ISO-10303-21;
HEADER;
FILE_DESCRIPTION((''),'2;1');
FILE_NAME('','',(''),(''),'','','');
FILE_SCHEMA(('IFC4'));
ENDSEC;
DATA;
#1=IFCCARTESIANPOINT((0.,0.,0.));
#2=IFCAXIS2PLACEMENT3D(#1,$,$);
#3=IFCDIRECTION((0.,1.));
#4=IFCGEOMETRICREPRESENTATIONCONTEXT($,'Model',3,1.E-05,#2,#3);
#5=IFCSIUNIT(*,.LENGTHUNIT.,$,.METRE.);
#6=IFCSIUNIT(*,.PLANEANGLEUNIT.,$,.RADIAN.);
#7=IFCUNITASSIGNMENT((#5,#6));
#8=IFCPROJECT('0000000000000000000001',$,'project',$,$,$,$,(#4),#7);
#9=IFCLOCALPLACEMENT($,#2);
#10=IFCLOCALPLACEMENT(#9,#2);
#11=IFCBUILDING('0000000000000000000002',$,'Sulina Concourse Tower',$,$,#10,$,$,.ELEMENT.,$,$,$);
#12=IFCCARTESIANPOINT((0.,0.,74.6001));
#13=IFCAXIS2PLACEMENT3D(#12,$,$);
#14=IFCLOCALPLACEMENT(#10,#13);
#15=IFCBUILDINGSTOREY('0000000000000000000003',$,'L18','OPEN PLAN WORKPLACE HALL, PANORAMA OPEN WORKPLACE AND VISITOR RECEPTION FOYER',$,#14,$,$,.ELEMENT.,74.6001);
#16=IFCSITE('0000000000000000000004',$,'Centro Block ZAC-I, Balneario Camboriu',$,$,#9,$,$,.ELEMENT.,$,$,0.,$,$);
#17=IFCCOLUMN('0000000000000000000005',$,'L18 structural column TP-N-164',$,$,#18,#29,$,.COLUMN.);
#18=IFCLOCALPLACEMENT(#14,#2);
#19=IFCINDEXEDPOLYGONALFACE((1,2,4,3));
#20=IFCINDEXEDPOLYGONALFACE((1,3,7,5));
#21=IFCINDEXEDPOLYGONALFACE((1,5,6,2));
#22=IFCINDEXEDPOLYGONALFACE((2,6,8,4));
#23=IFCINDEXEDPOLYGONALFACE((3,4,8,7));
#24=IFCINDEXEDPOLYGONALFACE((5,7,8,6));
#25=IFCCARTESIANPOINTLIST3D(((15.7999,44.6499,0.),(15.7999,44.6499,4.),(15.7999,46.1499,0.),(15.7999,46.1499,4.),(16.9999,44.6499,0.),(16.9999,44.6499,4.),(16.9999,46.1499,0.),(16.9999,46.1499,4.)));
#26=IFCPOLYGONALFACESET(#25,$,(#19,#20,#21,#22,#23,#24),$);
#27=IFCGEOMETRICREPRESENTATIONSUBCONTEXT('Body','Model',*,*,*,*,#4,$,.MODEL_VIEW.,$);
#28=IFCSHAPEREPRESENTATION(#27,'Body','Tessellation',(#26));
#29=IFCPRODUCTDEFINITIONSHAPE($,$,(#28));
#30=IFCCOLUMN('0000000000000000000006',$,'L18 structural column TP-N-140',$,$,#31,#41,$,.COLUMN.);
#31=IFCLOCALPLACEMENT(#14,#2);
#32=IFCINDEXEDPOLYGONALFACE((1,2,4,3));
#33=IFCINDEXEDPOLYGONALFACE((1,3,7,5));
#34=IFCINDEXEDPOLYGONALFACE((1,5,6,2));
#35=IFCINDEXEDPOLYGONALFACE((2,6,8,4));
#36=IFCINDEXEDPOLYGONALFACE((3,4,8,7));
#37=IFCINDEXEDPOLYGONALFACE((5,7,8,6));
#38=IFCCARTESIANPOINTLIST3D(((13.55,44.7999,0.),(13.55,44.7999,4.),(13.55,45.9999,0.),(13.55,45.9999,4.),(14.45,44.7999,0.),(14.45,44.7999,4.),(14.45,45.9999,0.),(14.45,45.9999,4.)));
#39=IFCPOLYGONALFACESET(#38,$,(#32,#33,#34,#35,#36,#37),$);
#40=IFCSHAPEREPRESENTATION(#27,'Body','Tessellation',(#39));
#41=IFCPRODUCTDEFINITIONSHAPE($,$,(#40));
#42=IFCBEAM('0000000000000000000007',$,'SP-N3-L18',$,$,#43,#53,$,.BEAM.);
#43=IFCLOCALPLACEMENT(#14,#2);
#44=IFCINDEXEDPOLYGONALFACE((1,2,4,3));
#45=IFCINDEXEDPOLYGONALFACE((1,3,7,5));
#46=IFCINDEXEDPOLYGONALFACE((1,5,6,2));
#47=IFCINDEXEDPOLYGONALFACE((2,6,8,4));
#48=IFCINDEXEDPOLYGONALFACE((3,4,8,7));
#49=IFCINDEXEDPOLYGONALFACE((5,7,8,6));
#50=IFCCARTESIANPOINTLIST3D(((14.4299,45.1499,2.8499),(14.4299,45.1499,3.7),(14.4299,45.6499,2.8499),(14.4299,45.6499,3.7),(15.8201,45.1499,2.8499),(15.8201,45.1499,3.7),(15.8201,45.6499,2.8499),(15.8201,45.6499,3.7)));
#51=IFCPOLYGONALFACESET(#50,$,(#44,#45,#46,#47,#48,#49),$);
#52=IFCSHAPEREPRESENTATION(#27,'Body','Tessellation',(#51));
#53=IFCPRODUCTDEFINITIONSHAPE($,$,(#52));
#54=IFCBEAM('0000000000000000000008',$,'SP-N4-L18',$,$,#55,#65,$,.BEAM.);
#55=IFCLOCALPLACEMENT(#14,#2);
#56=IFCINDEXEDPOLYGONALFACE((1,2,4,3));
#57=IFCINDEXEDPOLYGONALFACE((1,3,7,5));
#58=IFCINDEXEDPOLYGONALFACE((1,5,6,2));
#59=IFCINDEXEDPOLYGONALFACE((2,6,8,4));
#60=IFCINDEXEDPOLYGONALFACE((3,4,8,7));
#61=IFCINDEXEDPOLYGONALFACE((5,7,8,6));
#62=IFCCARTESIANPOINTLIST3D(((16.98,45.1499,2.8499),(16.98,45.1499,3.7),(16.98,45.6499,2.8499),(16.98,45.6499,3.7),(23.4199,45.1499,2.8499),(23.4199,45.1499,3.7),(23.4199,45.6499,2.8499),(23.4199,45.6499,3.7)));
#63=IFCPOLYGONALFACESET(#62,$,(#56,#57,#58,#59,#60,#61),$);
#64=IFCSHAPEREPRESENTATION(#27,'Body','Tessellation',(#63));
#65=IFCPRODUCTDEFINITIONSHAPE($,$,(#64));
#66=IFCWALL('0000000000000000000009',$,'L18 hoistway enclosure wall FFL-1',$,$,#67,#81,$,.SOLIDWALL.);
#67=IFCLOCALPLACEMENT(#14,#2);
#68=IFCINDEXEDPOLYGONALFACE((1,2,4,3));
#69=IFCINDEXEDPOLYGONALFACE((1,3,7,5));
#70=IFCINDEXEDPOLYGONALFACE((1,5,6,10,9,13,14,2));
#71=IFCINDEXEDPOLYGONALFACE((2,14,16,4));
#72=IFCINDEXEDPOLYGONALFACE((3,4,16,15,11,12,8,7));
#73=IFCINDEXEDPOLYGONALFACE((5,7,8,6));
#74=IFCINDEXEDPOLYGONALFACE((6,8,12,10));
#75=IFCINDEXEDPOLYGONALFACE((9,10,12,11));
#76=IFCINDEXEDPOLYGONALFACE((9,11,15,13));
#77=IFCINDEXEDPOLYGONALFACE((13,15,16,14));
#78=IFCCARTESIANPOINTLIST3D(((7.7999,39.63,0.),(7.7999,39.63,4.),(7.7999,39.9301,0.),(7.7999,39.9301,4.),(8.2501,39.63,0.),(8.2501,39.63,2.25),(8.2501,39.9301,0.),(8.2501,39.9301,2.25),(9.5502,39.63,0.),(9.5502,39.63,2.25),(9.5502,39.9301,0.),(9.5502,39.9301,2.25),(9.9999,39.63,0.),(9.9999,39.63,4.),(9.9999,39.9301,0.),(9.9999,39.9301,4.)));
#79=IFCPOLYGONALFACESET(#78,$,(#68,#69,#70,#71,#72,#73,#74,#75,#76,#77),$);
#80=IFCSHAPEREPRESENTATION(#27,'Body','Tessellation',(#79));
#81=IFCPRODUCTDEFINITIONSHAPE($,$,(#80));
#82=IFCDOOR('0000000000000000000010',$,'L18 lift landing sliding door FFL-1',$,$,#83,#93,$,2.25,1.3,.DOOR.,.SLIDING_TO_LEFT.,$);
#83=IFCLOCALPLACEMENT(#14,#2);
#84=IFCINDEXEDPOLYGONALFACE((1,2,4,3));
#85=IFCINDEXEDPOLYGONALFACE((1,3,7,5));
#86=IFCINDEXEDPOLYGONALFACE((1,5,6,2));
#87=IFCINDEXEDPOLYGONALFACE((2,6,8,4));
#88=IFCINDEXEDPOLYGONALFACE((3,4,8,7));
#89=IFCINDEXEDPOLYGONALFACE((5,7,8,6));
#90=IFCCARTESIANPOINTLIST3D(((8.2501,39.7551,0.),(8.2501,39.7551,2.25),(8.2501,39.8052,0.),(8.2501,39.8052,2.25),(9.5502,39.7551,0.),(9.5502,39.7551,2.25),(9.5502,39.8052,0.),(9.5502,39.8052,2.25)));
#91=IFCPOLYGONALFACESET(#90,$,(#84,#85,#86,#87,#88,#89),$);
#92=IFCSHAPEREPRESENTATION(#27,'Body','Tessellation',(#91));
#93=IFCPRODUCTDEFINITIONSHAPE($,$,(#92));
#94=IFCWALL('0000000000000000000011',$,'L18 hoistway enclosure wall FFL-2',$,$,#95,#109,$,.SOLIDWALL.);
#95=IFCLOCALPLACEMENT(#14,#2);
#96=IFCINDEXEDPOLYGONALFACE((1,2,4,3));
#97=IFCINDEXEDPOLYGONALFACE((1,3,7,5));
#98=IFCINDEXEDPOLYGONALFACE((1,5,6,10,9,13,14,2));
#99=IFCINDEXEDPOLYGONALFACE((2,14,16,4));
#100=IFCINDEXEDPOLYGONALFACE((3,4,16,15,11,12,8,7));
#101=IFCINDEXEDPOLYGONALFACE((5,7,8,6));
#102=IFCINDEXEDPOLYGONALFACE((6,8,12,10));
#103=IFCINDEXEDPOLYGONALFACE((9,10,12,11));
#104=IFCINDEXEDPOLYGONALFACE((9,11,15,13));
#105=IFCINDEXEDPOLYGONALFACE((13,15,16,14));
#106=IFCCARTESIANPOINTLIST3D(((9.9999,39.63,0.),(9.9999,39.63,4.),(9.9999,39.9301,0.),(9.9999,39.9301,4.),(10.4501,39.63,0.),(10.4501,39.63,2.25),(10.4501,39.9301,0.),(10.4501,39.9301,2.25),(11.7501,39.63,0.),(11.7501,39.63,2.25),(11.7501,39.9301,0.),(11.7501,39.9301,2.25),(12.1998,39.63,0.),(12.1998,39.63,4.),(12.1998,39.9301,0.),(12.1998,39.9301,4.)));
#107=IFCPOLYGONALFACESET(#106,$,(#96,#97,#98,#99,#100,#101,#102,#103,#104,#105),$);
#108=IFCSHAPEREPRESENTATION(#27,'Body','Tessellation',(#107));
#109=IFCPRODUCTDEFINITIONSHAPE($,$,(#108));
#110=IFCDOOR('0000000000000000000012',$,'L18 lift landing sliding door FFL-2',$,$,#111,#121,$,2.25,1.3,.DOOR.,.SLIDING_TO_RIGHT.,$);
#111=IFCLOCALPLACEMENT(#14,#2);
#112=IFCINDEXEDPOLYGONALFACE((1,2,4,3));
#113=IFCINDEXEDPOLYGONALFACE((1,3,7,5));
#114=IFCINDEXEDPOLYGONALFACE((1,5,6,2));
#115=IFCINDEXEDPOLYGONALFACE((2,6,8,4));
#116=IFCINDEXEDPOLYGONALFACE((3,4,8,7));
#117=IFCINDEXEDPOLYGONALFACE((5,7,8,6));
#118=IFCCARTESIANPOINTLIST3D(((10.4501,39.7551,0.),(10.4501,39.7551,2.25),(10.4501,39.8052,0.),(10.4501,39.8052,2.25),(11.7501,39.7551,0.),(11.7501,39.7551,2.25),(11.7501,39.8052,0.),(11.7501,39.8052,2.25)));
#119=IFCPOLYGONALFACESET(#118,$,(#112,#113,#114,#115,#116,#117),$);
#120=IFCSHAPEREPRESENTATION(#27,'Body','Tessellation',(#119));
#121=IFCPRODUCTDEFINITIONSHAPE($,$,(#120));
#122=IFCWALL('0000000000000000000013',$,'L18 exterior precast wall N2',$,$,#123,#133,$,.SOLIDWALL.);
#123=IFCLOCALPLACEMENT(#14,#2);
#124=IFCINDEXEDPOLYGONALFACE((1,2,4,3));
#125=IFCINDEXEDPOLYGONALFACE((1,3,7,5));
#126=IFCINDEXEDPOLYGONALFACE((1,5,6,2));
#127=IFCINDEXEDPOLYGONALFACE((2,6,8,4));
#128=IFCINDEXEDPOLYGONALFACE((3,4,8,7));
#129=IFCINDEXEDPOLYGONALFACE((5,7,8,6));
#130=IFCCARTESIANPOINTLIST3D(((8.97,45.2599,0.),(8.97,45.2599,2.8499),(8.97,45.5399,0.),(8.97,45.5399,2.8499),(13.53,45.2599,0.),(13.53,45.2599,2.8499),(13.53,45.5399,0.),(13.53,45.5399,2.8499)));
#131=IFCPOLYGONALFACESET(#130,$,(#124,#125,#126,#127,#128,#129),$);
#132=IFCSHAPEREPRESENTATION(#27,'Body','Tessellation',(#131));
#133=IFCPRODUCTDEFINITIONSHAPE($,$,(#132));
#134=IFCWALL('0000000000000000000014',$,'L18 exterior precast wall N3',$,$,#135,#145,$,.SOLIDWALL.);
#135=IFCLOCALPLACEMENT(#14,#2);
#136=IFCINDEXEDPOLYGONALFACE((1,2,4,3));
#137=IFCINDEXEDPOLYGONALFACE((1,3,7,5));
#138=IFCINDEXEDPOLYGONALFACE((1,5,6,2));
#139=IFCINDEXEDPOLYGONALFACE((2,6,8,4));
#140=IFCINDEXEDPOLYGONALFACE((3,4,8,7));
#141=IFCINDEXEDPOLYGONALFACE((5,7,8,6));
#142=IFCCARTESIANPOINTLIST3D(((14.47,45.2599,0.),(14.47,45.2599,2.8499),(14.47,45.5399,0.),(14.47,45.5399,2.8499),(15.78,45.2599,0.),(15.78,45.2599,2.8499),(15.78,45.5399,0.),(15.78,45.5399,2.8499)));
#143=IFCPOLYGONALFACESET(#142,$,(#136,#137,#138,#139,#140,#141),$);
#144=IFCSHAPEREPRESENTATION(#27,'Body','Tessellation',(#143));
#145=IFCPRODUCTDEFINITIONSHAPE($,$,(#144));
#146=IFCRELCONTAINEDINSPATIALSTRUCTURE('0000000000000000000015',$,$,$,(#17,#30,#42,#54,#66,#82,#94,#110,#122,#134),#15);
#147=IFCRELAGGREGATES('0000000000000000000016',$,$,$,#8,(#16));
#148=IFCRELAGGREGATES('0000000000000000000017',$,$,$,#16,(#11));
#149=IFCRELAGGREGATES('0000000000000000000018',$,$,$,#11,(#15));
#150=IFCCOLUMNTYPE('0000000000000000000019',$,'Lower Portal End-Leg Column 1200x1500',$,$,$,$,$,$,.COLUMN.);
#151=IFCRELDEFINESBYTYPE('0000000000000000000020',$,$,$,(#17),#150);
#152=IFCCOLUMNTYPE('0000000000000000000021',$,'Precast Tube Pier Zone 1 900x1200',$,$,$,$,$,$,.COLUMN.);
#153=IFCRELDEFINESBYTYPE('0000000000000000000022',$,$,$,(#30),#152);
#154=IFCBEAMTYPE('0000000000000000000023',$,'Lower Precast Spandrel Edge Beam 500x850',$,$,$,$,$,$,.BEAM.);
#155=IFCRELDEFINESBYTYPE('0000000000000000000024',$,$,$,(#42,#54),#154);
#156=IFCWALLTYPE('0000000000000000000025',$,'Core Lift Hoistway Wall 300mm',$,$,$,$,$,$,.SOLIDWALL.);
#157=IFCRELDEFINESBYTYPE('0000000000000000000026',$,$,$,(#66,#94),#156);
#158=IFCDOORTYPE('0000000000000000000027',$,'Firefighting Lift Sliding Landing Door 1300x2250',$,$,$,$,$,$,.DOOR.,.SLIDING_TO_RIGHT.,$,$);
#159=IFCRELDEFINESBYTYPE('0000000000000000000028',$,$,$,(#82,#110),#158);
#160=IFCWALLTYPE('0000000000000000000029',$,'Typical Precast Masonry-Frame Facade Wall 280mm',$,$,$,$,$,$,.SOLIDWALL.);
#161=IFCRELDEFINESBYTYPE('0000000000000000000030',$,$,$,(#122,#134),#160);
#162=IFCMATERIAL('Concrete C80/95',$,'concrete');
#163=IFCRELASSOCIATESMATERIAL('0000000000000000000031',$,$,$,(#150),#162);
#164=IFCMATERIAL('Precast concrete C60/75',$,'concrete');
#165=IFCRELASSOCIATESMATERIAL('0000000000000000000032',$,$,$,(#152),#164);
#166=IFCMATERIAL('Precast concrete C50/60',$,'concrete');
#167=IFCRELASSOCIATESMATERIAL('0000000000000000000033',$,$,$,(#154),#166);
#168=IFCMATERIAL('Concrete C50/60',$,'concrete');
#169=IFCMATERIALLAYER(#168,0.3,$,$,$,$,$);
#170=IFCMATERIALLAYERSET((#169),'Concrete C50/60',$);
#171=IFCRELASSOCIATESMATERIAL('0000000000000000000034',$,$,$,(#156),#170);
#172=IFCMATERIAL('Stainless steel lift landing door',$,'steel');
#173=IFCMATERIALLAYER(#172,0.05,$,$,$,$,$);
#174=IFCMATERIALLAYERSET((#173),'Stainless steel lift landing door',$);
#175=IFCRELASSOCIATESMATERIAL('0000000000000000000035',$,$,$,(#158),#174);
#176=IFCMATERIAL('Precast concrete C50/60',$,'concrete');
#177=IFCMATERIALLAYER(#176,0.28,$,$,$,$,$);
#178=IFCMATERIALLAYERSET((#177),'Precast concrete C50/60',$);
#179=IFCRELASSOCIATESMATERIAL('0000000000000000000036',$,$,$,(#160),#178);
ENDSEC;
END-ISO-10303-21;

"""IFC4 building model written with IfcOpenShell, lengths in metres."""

from ifc_helpers import new_model, si_unit, direction, frame, frame_2d, origin, origin_2d, place, context, subcontext, project, spatial, rectangle, extrude, material, layer, layer_set, material_profile, profile_set, type_object, element, fill, save


model = new_model("IFC4")

# Units and contexts
model_context = context("Model", 3, precision=1e-05, world=origin(), true_north=direction((0.0, 1.0)))
body_context = subcontext(model_context, "Body", "Model", "MODEL_VIEW")
ifc_project = project(units=[si_unit("LENGTHUNIT", "METRE"), si_unit("PLANEANGLEUNIT", "RADIAN")], contexts=[model_context])

# Site, building, storey
site_placement = place(None, origin())
site = spatial("IfcSite", under=ifc_project, at=site_placement, Name="Centro Block ZAC-I, Balneario Camboriu", CompositionType="ELEMENT", RefElevation=0.0)
building_placement = place(site_placement, origin())
building = spatial("IfcBuilding", under=site, at=building_placement, Name="Sulina Concourse Tower", CompositionType="ELEMENT")
storey_placement = place(building_placement, frame((0.0, 0.0, 74.6001)))
storey = spatial("IfcBuildingStorey", under=building, at=storey_placement, Name="L18", Description="OPEN PLAN WORKPLACE HALL, PANORAMA OPEN WORKPLACE AND VISITOR RECEPTION FOYER", CompositionType="ELEMENT", Elevation=74.6001)

# Columns
ifc_material_1 = material(Name="Concrete C80/95", Category="concrete")
ifc_material_profile_1 = material_profile(ifc_material_1, rectangle(XDim=1.2, YDim=1.5, at=origin_2d()), Name="RC 1200x1500")
ifc_profile_set_1 = profile_set([ifc_material_profile_1], Name="Concrete C80/95")
column_type_1 = type_object("IfcColumnType", Name="Lower Portal End-Leg Column 1200x1500", PredefinedType="COLUMN", material=ifc_profile_set_1)
column_1_placement = place(storey_placement, frame((16.3999, 45.3999, 0.0), z_axis=(0.0, 0.0, 1.0), x_axis=(1.0, 0.0, 0.0)))
element("IfcColumn", 1, at=column_1_placement, inside=storey, type_object=column_type_1, Name="L18 structural column TP-N-164", PredefinedType="COLUMN", context=body_context, shape_type="SweptSolid", body=[
    extrude(rectangle(XDim=1.2, YDim=1.5, at=origin_2d()), origin(), (0.0, 0.0, 1.0), 4.0),
])
ifc_material_2 = material(Name="Precast concrete C60/75", Category="concrete")
ifc_material_profile_2 = material_profile(ifc_material_2, rectangle(XDim=0.8999, YDim=1.2, at=origin_2d()), Name="PC 900x1200")
ifc_profile_set_2 = profile_set([ifc_material_profile_2], Name="Precast concrete C60/75")
column_type_2 = type_object("IfcColumnType", Name="Precast Tube Pier Zone 1 900x1200", PredefinedType="COLUMN", material=ifc_profile_set_2)
column_2_placement = place(storey_placement, frame((14.0, 45.3999, 0.0), z_axis=(0.0, 0.0, 1.0), x_axis=(1.0, 0.0, 0.0)))
element("IfcColumn", 2, at=column_2_placement, inside=storey, type_object=column_type_2, Name="L18 structural column TP-N-140", PredefinedType="COLUMN", context=body_context, shape_type="SweptSolid", body=[
    extrude(rectangle(XDim=0.8999, YDim=1.2, at=origin_2d()), origin(), (0.0, 0.0, 1.0), 4.0),
])

# Beams
ifc_material_3 = material(Name="Precast concrete C50/60", Category="concrete")
ifc_material_profile_3 = material_profile(ifc_material_3, rectangle(XDim=0.5, YDim=0.8501, at=origin_2d()), Name="RC 500x850")
ifc_profile_set_3 = profile_set([ifc_material_profile_3], Name="Precast concrete C50/60")
beam_type = type_object("IfcBeamType", Name="Lower Precast Spandrel Edge Beam 500x850", PredefinedType="BEAM", material=ifc_profile_set_3)
beam_1_placement = place(storey_placement, frame((14.4299, 45.3999, 3.2749), z_axis=(1.0, 0.0, 0.0), x_axis=(0.0, 1.0, 0.0)))
element("IfcBeam", 3, at=beam_1_placement, inside=storey, type_object=beam_type, Name="SP-N3-L18", PredefinedType="BEAM", context=body_context, shape_type="SweptSolid", body=[
    extrude(rectangle(XDim=0.5, YDim=0.8501, at=origin_2d()), origin(), (0.0, 0.0, 1.0), 1.3901),
])
beam_2_placement = place(storey_placement, frame((16.98, 45.3999, 3.2749), z_axis=(1.0, 0.0, 0.0), x_axis=(0.0, 1.0, 0.0)))
element("IfcBeam", 4, at=beam_2_placement, inside=storey, type_object=beam_type, Name="SP-N4-L18", PredefinedType="BEAM", context=body_context, shape_type="SweptSolid", body=[
    extrude(rectangle(XDim=0.5, YDim=0.8501, at=origin_2d()), origin(), (0.0, 0.0, 1.0), 6.4399),
])

# Walls, openings, doors
ifc_material_4 = material(Name="Concrete C50/60", Category="concrete")
ifc_layer_1 = layer(ifc_material_4, 0.3)
ifc_layer_set_1 = layer_set([ifc_layer_1], Name="Concrete C50/60")
wall_type_1 = type_object("IfcWallType", Name="Core Lift Hoistway Wall 300mm", PredefinedType="SOLIDWALL", material=ifc_layer_set_1)
wall_1_placement = place(storey_placement, frame((10.0, 39.78, 0.0), z_axis=(0.0, 0.0, 1.0), x_axis=(-1.0, 0.0, 0.0)))
wall_1 = element("IfcWall", 5, at=wall_1_placement, inside=storey, type_object=wall_type_1, Name="L18 hoistway enclosure wall FFL-1", PredefinedType="SOLIDWALL", context=body_context, shape_type="SweptSolid", body=[
    extrude(rectangle(XDim=2.2, YDim=0.3, at=frame_2d((1.1001, 0.0))), origin(), (0.0, 0.0, 1.0), 4.0),
])
opening_1_placement = place(wall_1_placement, frame((0.45, 0.0, 0.0)))
opening_1 = element("IfcOpeningElement", 6, at=opening_1_placement, cuts=wall_1, PredefinedType="OPENING", context=body_context, shape_type="SweptSolid", body=[
    extrude(rectangle(XDim=1.3, YDim=2.25, at=frame_2d((0.6499, 1.125))), frame((0.0, 0.1599, 0.0), z_axis=(0.0, -1.0, 0.0), x_axis=(1.0, 0.0, 0.0)), (0.0, 0.0, 1.0), 0.3201),
])
ifc_material_5 = material(Name="Stainless steel lift landing door", Category="steel")
ifc_layer_2 = layer(ifc_material_5, 0.05)
ifc_layer_set_2 = layer_set([ifc_layer_2], Name="Stainless steel lift landing door")
door_type = type_object("IfcDoorType", Name="Firefighting Lift Sliding Landing Door 1300x2250", OperationType="SLIDING_TO_RIGHT", PredefinedType="DOOR", material=ifc_layer_set_2)
door_1_placement = place(opening_1_placement, origin())
door_1 = element("IfcDoor", 7, at=door_1_placement, inside=storey, type_object=door_type, Name="L18 lift landing sliding door FFL-1", OperationType="SLIDING_TO_LEFT", OverallHeight=2.25, OverallWidth=1.3, PredefinedType="DOOR", context=body_context, shape_type="SweptSolid", body=[
    extrude(rectangle(XDim=1.3, YDim=2.25, at=frame_2d((0.6499, 1.125))), frame((0.0, 0.0249, 0.0), z_axis=(0.0, -1.0, 0.0), x_axis=(1.0, 0.0, 0.0)), (0.0, 0.0, 1.0), 0.05),
])
fill(opening_1, door_1)
wall_2_placement = place(storey_placement, frame((12.2, 39.78, 0.0), z_axis=(0.0, 0.0, 1.0), x_axis=(-1.0, 0.0, 0.0)))
wall_2 = element("IfcWall", 8, at=wall_2_placement, inside=storey, type_object=wall_type_1, Name="L18 hoistway enclosure wall FFL-2", PredefinedType="SOLIDWALL", context=body_context, shape_type="SweptSolid", body=[
    extrude(rectangle(XDim=2.2, YDim=0.3, at=frame_2d((1.1001, 0.0))), origin(), (0.0, 0.0, 1.0), 4.0),
])
opening_2_placement = place(wall_2_placement, frame((0.45, 0.0, 0.0)))
opening_2 = element("IfcOpeningElement", 9, at=opening_2_placement, cuts=wall_2, PredefinedType="OPENING", context=body_context, shape_type="SweptSolid", body=[
    extrude(rectangle(XDim=1.3, YDim=2.25, at=frame_2d((0.6499, 1.125))), frame((0.0, 0.1599, 0.0), z_axis=(0.0, -1.0, 0.0), x_axis=(1.0, 0.0, 0.0)), (0.0, 0.0, 1.0), 0.3201),
])
door_2_placement = place(opening_2_placement, origin())
door_2 = element("IfcDoor", 10, at=door_2_placement, inside=storey, type_object=door_type, Name="L18 lift landing sliding door FFL-2", OperationType="SLIDING_TO_RIGHT", OverallHeight=2.25, OverallWidth=1.3, PredefinedType="DOOR", context=body_context, shape_type="SweptSolid", body=[
    extrude(rectangle(XDim=1.3, YDim=2.25, at=frame_2d((0.6499, 1.125))), frame((0.0, 0.0249, 0.0), z_axis=(0.0, -1.0, 0.0), x_axis=(1.0, 0.0, 0.0)), (0.0, 0.0, 1.0), 0.05),
])
fill(opening_2, door_2)

# Walls
ifc_material_6 = material(Name="Precast concrete C50/60", Category="concrete")
ifc_layer_3 = layer(ifc_material_6, 0.28)
ifc_layer_set_3 = layer_set([ifc_layer_3], Name="Precast concrete C50/60")
wall_type_2 = type_object("IfcWallType", Name="Typical Precast Masonry-Frame Facade Wall 280mm", PredefinedType="SOLIDWALL", material=ifc_layer_set_3)
wall_3_placement = place(storey_placement, frame((8.97, 45.3999, 0.0), z_axis=(0.0, 0.0, 1.0), x_axis=(1.0, 0.0, 0.0)))
element("IfcWall", 11, at=wall_3_placement, inside=storey, type_object=wall_type_2, Name="L18 exterior precast wall N2", PredefinedType="SOLIDWALL", context=body_context, shape_type="SweptSolid", body=[
    extrude(rectangle(XDim=4.5601, YDim=0.28, at=frame_2d((2.28, 0.0))), origin(), (0.0, 0.0, 1.0), 2.8499),
])
wall_4_placement = place(storey_placement, frame((14.47, 45.3999, 0.0), z_axis=(0.0, 0.0, 1.0), x_axis=(1.0, 0.0, 0.0)))
element("IfcWall", 12, at=wall_4_placement, inside=storey, type_object=wall_type_2, Name="L18 exterior precast wall N3", PredefinedType="SOLIDWALL", context=body_context, shape_type="SweptSolid", body=[
    extrude(rectangle(XDim=1.3101, YDim=0.28, at=frame_2d((0.655, 0.0))), origin(), (0.0, 0.0, 1.0), 2.8499),
])

save(model, "model.ifc")
